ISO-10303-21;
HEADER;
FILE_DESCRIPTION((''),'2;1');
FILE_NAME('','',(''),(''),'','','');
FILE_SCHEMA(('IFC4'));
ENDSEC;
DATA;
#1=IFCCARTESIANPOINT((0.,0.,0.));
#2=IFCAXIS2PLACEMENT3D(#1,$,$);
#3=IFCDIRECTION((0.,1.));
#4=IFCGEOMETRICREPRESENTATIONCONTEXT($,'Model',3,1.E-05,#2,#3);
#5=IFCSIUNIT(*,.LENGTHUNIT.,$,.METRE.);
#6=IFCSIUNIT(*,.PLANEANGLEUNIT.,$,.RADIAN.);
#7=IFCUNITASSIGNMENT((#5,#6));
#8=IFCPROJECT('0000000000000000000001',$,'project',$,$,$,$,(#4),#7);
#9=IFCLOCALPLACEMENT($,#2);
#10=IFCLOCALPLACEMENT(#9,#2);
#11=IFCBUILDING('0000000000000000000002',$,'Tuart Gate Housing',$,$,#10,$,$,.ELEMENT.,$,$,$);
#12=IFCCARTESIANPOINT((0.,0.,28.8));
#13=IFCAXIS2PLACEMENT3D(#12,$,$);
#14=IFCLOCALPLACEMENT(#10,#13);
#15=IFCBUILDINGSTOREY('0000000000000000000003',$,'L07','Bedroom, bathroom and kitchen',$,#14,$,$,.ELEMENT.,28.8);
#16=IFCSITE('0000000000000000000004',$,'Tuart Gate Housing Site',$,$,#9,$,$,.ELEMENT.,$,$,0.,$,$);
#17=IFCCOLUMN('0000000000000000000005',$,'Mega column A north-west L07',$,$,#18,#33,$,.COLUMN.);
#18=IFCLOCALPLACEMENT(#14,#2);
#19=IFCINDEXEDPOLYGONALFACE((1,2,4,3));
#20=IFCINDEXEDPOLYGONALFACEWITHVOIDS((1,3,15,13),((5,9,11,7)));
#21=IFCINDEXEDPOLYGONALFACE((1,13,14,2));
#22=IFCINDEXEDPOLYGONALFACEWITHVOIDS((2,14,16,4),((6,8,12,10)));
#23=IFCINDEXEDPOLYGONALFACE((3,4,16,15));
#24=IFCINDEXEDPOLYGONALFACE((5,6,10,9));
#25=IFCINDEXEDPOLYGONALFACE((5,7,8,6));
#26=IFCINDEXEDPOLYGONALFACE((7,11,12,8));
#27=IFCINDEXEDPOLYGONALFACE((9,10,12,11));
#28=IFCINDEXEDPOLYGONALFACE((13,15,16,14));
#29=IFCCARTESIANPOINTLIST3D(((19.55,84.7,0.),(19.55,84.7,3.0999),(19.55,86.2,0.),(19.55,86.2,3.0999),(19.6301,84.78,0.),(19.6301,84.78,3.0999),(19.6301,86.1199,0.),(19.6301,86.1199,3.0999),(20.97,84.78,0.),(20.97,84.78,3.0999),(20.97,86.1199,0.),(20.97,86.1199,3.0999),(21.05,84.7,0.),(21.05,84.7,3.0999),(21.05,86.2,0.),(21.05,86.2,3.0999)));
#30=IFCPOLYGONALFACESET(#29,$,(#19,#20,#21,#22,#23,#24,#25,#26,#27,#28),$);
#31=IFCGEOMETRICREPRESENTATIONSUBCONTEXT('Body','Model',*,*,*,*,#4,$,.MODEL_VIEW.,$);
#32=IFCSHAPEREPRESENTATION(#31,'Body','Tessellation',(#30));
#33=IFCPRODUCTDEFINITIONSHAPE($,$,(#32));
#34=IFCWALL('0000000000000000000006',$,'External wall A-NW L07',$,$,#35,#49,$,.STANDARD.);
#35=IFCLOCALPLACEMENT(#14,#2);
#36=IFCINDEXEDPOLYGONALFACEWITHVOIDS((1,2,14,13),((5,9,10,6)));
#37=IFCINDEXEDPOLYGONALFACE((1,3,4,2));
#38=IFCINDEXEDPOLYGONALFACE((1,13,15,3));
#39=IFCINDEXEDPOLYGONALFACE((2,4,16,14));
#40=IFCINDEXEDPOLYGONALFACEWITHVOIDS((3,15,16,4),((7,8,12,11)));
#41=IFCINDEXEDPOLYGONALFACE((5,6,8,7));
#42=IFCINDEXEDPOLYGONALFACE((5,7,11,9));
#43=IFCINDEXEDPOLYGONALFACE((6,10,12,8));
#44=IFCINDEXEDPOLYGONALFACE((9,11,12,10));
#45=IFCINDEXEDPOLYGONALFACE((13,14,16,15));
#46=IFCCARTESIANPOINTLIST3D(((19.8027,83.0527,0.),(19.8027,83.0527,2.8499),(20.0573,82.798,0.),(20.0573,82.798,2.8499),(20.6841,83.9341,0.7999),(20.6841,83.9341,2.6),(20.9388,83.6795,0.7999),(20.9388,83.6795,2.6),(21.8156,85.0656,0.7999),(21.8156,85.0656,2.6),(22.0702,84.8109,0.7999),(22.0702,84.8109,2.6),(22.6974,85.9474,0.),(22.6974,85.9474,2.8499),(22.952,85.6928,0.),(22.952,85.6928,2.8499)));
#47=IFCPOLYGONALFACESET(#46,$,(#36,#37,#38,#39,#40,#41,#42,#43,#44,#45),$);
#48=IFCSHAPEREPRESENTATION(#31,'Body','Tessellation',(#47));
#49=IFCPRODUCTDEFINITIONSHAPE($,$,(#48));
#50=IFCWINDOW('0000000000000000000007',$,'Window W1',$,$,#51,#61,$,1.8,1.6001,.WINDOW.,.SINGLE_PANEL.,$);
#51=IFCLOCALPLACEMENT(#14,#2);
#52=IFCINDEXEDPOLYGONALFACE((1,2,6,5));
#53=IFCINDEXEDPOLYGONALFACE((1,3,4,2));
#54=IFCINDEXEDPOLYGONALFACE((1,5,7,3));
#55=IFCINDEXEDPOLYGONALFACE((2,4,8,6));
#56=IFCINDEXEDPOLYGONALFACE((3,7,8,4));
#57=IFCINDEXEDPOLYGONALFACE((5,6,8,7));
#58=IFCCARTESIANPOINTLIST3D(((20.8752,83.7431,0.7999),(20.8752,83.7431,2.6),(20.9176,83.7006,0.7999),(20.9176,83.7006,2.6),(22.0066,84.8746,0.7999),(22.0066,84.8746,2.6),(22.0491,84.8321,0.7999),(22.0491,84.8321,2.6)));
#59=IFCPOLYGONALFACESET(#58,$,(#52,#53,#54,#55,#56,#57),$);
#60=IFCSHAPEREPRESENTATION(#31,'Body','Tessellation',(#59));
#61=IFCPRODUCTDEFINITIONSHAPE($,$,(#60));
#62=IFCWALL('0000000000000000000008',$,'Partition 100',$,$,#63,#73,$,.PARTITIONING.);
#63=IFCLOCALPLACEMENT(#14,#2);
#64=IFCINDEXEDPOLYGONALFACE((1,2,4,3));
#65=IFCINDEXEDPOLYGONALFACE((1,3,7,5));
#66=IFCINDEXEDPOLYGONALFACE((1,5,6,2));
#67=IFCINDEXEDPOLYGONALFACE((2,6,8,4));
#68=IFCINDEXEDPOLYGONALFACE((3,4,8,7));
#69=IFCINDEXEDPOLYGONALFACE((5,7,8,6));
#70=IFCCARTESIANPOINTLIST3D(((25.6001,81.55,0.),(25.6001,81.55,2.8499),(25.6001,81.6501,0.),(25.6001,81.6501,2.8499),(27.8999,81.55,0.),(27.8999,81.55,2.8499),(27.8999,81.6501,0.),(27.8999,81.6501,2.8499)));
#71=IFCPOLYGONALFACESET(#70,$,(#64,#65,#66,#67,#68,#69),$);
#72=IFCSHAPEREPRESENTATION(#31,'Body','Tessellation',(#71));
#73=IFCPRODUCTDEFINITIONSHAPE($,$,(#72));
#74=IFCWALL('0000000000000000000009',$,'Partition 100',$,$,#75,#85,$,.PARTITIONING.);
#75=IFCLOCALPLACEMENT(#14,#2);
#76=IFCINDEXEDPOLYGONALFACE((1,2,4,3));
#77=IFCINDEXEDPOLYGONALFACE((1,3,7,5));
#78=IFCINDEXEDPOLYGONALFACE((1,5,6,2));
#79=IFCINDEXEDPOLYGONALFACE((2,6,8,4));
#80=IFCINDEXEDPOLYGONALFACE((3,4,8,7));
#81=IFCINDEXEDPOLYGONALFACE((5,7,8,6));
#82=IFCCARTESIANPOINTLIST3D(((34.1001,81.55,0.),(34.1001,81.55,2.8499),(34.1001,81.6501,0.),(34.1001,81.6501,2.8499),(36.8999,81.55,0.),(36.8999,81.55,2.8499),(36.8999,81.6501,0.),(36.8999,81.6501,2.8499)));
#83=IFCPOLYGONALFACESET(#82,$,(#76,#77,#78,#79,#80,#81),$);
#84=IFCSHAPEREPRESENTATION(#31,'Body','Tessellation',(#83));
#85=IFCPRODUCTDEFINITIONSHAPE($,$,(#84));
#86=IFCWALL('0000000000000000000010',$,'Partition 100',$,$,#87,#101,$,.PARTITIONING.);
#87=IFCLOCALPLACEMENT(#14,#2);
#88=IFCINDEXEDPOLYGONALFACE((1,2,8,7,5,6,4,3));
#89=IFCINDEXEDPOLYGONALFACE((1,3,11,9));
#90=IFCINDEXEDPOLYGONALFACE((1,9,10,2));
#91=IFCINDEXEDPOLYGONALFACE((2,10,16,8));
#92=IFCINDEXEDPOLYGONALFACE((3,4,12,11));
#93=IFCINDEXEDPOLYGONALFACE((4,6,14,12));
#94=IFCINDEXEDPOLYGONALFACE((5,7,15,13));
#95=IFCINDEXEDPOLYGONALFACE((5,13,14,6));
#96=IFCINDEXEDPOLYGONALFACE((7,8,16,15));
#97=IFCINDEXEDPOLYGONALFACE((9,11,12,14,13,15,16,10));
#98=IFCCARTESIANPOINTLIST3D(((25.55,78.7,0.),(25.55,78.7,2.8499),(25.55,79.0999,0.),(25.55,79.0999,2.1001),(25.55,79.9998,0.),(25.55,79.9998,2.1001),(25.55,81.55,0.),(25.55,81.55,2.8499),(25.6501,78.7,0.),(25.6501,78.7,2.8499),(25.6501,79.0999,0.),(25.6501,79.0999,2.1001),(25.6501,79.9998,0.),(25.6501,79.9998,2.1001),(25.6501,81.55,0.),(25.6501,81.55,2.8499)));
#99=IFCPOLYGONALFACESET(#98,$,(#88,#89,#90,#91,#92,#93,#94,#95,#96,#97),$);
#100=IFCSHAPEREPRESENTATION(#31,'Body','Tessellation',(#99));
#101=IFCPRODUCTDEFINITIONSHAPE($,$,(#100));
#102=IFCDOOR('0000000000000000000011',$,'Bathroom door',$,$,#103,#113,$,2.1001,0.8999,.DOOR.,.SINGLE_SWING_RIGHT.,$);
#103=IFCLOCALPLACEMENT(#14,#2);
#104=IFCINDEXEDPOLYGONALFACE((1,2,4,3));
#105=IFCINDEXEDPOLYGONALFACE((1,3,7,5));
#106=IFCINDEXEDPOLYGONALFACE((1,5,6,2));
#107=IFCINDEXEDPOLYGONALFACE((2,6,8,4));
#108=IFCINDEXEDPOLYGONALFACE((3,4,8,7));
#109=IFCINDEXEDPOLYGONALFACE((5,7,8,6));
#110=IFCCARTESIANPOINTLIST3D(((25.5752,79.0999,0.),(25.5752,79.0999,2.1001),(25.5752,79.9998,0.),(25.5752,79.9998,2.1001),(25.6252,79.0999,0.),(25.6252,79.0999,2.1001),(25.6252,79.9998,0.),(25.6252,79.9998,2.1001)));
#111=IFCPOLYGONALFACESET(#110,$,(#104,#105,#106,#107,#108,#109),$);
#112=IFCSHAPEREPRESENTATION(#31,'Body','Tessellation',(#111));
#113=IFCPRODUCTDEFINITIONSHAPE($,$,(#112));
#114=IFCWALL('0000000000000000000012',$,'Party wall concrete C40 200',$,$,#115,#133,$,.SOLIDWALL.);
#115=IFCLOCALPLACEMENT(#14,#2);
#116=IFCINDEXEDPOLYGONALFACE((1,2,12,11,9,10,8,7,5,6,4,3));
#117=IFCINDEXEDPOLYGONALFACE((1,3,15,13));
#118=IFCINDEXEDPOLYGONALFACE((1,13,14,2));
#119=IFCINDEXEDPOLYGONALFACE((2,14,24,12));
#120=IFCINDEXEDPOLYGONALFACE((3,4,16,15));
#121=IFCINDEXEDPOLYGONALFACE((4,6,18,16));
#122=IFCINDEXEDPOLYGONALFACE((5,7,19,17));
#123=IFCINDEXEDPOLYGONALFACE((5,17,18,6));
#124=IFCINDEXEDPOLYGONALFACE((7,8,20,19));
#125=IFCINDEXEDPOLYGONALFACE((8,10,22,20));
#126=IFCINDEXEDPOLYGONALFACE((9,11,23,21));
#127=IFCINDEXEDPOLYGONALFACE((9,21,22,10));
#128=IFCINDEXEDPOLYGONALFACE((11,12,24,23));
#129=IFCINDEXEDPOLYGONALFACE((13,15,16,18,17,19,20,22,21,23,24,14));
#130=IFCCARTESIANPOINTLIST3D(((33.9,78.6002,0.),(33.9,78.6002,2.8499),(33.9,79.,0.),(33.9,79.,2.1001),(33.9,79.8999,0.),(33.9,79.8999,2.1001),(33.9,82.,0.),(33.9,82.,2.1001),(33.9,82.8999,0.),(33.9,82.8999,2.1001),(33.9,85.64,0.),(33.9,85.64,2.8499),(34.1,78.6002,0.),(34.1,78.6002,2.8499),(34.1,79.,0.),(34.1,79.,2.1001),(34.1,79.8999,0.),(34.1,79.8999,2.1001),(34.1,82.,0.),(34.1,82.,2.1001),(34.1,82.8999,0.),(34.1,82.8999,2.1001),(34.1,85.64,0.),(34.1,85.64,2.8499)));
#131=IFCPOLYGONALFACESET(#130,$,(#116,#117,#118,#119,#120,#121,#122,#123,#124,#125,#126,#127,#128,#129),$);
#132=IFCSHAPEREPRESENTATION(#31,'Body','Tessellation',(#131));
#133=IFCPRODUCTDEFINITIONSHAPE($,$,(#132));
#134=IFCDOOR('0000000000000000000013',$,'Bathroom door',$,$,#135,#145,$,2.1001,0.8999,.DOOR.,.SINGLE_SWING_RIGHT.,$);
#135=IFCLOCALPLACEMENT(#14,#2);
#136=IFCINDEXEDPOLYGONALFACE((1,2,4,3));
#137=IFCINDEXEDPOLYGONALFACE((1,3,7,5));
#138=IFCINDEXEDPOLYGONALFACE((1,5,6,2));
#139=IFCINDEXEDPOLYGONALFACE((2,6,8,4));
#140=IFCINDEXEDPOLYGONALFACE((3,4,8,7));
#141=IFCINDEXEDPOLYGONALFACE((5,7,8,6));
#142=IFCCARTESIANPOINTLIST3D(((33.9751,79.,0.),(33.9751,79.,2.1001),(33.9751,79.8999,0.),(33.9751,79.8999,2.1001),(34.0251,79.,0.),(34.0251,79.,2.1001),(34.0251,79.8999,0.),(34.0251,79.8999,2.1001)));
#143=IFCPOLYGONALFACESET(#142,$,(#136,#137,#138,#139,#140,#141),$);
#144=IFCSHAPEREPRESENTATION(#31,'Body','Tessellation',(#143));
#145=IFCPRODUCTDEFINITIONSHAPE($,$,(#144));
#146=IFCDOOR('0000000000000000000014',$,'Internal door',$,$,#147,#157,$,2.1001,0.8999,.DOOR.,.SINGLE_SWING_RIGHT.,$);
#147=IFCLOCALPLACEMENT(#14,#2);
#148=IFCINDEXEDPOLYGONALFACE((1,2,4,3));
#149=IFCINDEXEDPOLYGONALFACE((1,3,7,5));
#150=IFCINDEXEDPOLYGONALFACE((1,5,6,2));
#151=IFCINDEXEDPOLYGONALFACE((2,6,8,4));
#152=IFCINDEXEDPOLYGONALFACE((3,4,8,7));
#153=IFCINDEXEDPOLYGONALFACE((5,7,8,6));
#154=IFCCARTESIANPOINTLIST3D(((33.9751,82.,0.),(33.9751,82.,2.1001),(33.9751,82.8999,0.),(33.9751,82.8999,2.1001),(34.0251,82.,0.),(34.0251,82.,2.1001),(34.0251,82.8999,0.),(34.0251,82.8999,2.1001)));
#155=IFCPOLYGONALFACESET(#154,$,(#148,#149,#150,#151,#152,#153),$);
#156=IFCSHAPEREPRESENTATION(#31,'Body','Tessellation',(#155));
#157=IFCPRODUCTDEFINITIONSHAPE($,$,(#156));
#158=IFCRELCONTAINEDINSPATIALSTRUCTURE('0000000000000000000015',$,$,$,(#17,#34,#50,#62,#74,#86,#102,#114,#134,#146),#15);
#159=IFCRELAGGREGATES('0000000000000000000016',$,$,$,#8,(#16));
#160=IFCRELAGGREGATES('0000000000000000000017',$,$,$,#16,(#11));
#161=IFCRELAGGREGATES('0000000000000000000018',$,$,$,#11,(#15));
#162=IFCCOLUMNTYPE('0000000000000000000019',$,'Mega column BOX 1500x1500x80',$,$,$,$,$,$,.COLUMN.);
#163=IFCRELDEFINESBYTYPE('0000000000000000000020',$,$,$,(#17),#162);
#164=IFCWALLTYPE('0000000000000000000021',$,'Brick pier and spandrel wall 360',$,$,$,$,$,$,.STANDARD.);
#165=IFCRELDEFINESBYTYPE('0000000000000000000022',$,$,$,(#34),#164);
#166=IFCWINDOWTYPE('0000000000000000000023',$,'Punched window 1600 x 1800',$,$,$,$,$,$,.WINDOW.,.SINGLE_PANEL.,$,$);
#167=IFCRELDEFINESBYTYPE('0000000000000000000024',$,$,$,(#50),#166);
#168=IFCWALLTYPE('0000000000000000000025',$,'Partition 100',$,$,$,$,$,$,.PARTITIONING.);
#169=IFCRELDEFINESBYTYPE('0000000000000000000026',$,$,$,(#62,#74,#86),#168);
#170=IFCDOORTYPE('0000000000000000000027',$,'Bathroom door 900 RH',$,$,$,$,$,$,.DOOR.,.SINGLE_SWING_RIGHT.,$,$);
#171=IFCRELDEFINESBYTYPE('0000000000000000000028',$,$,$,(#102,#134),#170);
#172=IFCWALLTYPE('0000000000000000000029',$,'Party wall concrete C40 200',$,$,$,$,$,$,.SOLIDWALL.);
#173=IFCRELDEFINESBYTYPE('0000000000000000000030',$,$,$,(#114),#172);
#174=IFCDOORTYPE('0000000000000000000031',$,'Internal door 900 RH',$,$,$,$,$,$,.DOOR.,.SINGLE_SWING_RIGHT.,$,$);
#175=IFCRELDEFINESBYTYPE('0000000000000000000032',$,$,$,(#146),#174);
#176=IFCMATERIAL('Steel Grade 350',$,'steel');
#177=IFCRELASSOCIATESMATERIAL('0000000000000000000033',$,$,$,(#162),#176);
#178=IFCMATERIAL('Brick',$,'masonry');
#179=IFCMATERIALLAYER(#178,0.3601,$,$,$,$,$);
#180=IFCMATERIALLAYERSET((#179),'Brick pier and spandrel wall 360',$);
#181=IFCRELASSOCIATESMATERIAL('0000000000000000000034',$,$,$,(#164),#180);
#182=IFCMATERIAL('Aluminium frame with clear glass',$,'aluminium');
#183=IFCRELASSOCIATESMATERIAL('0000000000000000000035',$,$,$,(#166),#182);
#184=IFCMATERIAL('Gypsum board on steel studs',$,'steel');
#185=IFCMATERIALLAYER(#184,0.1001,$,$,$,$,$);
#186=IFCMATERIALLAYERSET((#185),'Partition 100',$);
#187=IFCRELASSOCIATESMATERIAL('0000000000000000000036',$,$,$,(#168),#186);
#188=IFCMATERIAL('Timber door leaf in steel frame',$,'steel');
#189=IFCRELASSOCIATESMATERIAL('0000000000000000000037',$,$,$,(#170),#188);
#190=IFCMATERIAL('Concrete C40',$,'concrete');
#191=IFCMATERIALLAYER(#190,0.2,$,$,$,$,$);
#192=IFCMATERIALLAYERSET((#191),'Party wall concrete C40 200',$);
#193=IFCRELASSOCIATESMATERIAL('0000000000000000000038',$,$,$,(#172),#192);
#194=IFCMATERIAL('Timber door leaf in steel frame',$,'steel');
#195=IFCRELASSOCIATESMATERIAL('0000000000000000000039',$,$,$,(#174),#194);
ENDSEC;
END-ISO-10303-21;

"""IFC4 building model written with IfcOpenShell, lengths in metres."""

from ifc_helpers import new_model, si_unit, direction, frame, frame_2d, origin, origin_2d, place, context, subcontext, project, spatial, rectangle, hollow_rectangle, extrude, material, layer, layer_set, material_profile, profile_set, type_object, element, fill, save


model = new_model("IFC4")

# Units and contexts
model_context = context("Model", 3, precision=1e-05, world=origin(), true_north=direction((0.0, 1.0)))
body_context = subcontext(model_context, "Body", "Model", "MODEL_VIEW")
ifc_project = project(units=[si_unit("LENGTHUNIT", "METRE"), si_unit("PLANEANGLEUNIT", "RADIAN")], contexts=[model_context])

# Site, building, storey
site_placement = place(None, origin())
site = spatial("IfcSite", under=ifc_project, at=site_placement, Name="Tuart Gate Housing Site", CompositionType="ELEMENT", RefElevation=0.0)
building_placement = place(site_placement, origin())
building = spatial("IfcBuilding", under=site, at=building_placement, Name="Tuart Gate Housing", CompositionType="ELEMENT")
storey_placement = place(building_placement, frame((0.0, 0.0, 28.8)))
storey = spatial("IfcBuildingStorey", under=building, at=storey_placement, Name="L07", Description="Bedroom, bathroom and kitchen", CompositionType="ELEMENT", Elevation=28.8)

# Column
ifc_material_1 = material(Name="Steel Grade 350", Category="steel")
ifc_material_profile = material_profile(ifc_material_1, hollow_rectangle(XDim=1.5, YDim=1.5, WallThickness=0.0801, at=origin_2d()), Name="BOX 1500x1500x80")
ifc_profile_set = profile_set([ifc_material_profile], Name="Steel Grade 350")
column_type = type_object("IfcColumnType", Name="Mega column BOX 1500x1500x80", PredefinedType="COLUMN", material=ifc_profile_set)
column_placement = place(storey_placement, frame((20.3, 85.45, 0.0), z_axis=(0.0, 0.0, 1.0), x_axis=(1.0, 0.0, 0.0)))
element("IfcColumn", 1, at=column_placement, inside=storey, type_object=column_type, Name="Mega column A north-west L07", PredefinedType="COLUMN", context=body_context, shape_type="SweptSolid", body=[
    extrude(hollow_rectangle(XDim=1.5, YDim=1.5, WallThickness=0.0801, at=origin_2d()), origin(), (0.0, 0.0, 1.0), 3.0999),
])

# Wall, opening, window
ifc_material_2 = material(Name="Brick", Category="masonry")
ifc_layer_1 = layer(ifc_material_2, 0.3601)
ifc_layer_set_1 = layer_set([ifc_layer_1], Name="Brick pier and spandrel wall 360")
wall_type_1 = type_object("IfcWallType", Name="Brick pier and spandrel wall 360", PredefinedType="STANDARD", material=ifc_layer_set_1)
wall_1_placement = place(storey_placement, frame((22.8247, 85.8201, 0.0), z_axis=(0.0, 0.0, 1.0), x_axis=(-0.707107, -0.707107, 0.0)))
wall_1 = element("IfcWall", 2, at=wall_1_placement, inside=storey, type_object=wall_type_1, Name="External wall A-NW L07", PredefinedType="STANDARD", context=body_context, shape_type="SweptSolid", body=[
    extrude(rectangle(XDim=4.0938, YDim=0.3601, at=frame_2d((2.0469, 0.0))), origin(), (0.0, 0.0, 1.0), 2.8499),
])
opening_1_placement = place(wall_1_placement, frame((1.2471, 0.0, 0.8)))
opening_1 = element("IfcOpeningElement", 3, at=opening_1_placement, cuts=wall_1, PredefinedType="OPENING", context=body_context, shape_type="SweptSolid", body=[
    extrude(rectangle(XDim=1.6001, YDim=1.8, at=frame_2d((0.8, 0.8999))), frame((0.0, 0.1899, 0.0), z_axis=(0.0, -1.0, 0.0), x_axis=(1.0, 0.0, 0.0)), (0.0, 0.0, 1.0), 0.3801),
])
ifc_material_3 = material(Name="Aluminium frame with clear glass", Category="aluminium")
window_type_1 = type_object("IfcWindowType", Name="Punched window 1600 x 1800", PartitioningType="SINGLE_PANEL", PredefinedType="WINDOW", material=ifc_material_3)
window_1_placement = place(opening_1_placement, origin())
window_1 = element("IfcWindow", 4, at=window_1_placement, inside=storey, type_object=window_type_1, Name="Window W1", OverallHeight=1.8, OverallWidth=1.6001, PartitioningType="SINGLE_PANEL", PredefinedType="WINDOW", context=body_context, shape_type="SweptSolid", body=[
    extrude(rectangle(XDim=1.6001, YDim=1.8, at=frame_2d((0.8, 0.8999))), frame((0.0, 0.1501, 0.0), z_axis=(0.0, -1.0, 0.0), x_axis=(1.0, 0.0, 0.0)), (0.0, 0.0, 1.0), 0.0601),
])
fill(opening_1, window_1)

# Walls
ifc_material_4 = material(Name="Gypsum board on steel studs", Category="steel")
ifc_layer_2 = layer(ifc_material_4, 0.1001)
ifc_layer_set_2 = layer_set([ifc_layer_2], Name="Partition 100")
wall_type_2 = type_object("IfcWallType", Name="Partition 100", PredefinedType="PARTITIONING", material=ifc_layer_set_2)
wall_2_placement = place(storey_placement, frame((25.6001, 81.6001, 0.0), z_axis=(0.0, 0.0, 1.0), x_axis=(1.0, 0.0, 0.0)))
element("IfcWall", 5, at=wall_2_placement, inside=storey, type_object=wall_type_2, Name="Partition 100", PredefinedType="PARTITIONING", context=body_context, shape_type="SweptSolid", body=[
    extrude(rectangle(XDim=2.2998, YDim=0.1001, at=frame_2d((1.1499, 0.0))), origin(), (0.0, 0.0, 1.0), 2.8499),
])
wall_3_placement = place(storey_placement, frame((34.1001, 81.6001, 0.0), z_axis=(0.0, 0.0, 1.0), x_axis=(1.0, 0.0, 0.0)))
element("IfcWall", 6, at=wall_3_placement, inside=storey, type_object=wall_type_2, Name="Partition 100", PredefinedType="PARTITIONING", context=body_context, shape_type="SweptSolid", body=[
    extrude(rectangle(XDim=2.7998, YDim=0.1001, at=frame_2d((1.3999, 0.0))), origin(), (0.0, 0.0, 1.0), 2.8499),
])

# Wall, opening, door
wall_4_placement = place(storey_placement, frame((25.6001, 78.7, 0.0), z_axis=(0.0, 0.0, 1.0), x_axis=(0.0, 1.0, 0.0)))
wall_4 = element("IfcWall", 7, at=wall_4_placement, inside=storey, type_object=wall_type_2, Name="Partition 100", PredefinedType="PARTITIONING", context=body_context, shape_type="SweptSolid", body=[
    extrude(rectangle(XDim=2.8501, YDim=0.1001, at=frame_2d((1.425, 0.0))), origin(), (0.0, 0.0, 1.0), 2.8499),
])
opening_2_placement = place(wall_4_placement, frame((0.3999, 0.0, 0.0)))
opening_2 = element("IfcOpeningElement", 8, at=opening_2_placement, cuts=wall_4, PredefinedType="OPENING", context=body_context, shape_type="SweptSolid", body=[
    extrude(rectangle(XDim=0.8999, YDim=2.1001, at=frame_2d((0.45, 1.05))), frame((0.0, 0.0601, 0.0), z_axis=(0.0, -1.0, 0.0), x_axis=(1.0, 0.0, 0.0)), (0.0, 0.0, 1.0), 0.1201),
])
ifc_material_5 = material(Name="Timber door leaf in steel frame", Category="steel")
door_type_1 = type_object("IfcDoorType", Name="Bathroom door 900 RH", OperationType="SINGLE_SWING_RIGHT", PredefinedType="DOOR", material=ifc_material_5)
door_1_placement = place(opening_2_placement, frame((0.8999, 0.0, 0.0), z_axis=(0.0, 0.0, 1.0), x_axis=(-1.0, 0.0, 0.0)))
door_1 = element("IfcDoor", 9, at=door_1_placement, inside=storey, type_object=door_type_1, Name="Bathroom door", OperationType="SINGLE_SWING_RIGHT", OverallHeight=2.1001, OverallWidth=0.8999, PredefinedType="DOOR", context=body_context, shape_type="SweptSolid", body=[
    extrude(rectangle(XDim=0.8999, YDim=2.1001, at=frame_2d((0.45, 1.05))), frame((0.0, 0.0251, 0.0), z_axis=(0.0, -1.0, 0.0), x_axis=(1.0, 0.0, 0.0)), (0.0, 0.0, 1.0), 0.05),
])
fill(opening_2, door_1)

# Wall, openings, doors
ifc_material_6 = material(Name="Concrete C40", Category="concrete")
ifc_layer_3 = layer(ifc_material_6, 0.2)
ifc_layer_set_3 = layer_set([ifc_layer_3], Name="Party wall concrete C40 200")
wall_type_3 = type_object("IfcWallType", Name="Party wall concrete C40 200", PredefinedType="SOLIDWALL", material=ifc_layer_set_3)
wall_5_placement = place(storey_placement, frame((34.0, 78.6001, 0.0), z_axis=(0.0, 0.0, 1.0), x_axis=(0.0, 1.0, 0.0)))
wall_5 = element("IfcWall", 10, at=wall_5_placement, inside=storey, type_object=wall_type_3, Name="Party wall concrete C40 200", PredefinedType="SOLIDWALL", context=body_context, shape_type="SweptSolid", body=[
    extrude(rectangle(XDim=7.0398, YDim=0.2, at=frame_2d((3.52, 0.0))), origin(), (0.0, 0.0, 1.0), 2.8499),
])
opening_3_placement = place(wall_5_placement, frame((3.3999, 0.0, 0.0)))
opening_3 = element("IfcOpeningElement", 11, at=opening_3_placement, cuts=wall_5, PredefinedType="OPENING", context=body_context, shape_type="SweptSolid", body=[
    extrude(rectangle(XDim=0.8999, YDim=2.1001, at=frame_2d((0.45, 1.05))), frame((0.0, 0.1099, 0.0), z_axis=(0.0, -1.0, 0.0), x_axis=(1.0, 0.0, 0.0)), (0.0, 0.0, 1.0), 0.22),
])
opening_4_placement = place(wall_5_placement, frame((0.3999, 0.0, 0.0)))
opening_4 = element("IfcOpeningElement", 12, at=opening_4_placement, cuts=wall_5, PredefinedType="OPENING", context=body_context, shape_type="SweptSolid", body=[
    extrude(rectangle(XDim=0.8999, YDim=2.1001, at=frame_2d((0.45, 1.05))), frame((0.0, 0.1099, 0.0), z_axis=(0.0, -1.0, 0.0), x_axis=(1.0, 0.0, 0.0)), (0.0, 0.0, 1.0), 0.22),
])
door_2_placement = place(opening_4_placement, frame((0.8999, 0.0, 0.0), z_axis=(0.0, 0.0, 1.0), x_axis=(-1.0, 0.0, 0.0)))
door_2 = element("IfcDoor", 13, at=door_2_placement, inside=storey, type_object=door_type_1, Name="Bathroom door", OperationType="SINGLE_SWING_RIGHT", OverallHeight=2.1001, OverallWidth=0.8999, PredefinedType="DOOR", context=body_context, shape_type="SweptSolid", body=[
    extrude(rectangle(XDim=0.8999, YDim=2.1001, at=frame_2d((0.45, 1.05))), frame((0.0, 0.0251, 0.0), z_axis=(0.0, -1.0, 0.0), x_axis=(1.0, 0.0, 0.0)), (0.0, 0.0, 1.0), 0.05),
])
fill(opening_4, door_2)
ifc_material_7 = material(Name="Timber door leaf in steel frame", Category="steel")
door_type_2 = type_object("IfcDoorType", Name="Internal door 900 RH", OperationType="SINGLE_SWING_RIGHT", PredefinedType="DOOR", material=ifc_material_7)
door_3_placement = place(opening_3_placement, frame((0.8999, 0.0, 0.0), z_axis=(0.0, 0.0, 1.0), x_axis=(-1.0, 0.0, 0.0)))
door_3 = element("IfcDoor", 14, at=door_3_placement, inside=storey, type_object=door_type_2, Name="Internal door", OperationType="SINGLE_SWING_RIGHT", OverallHeight=2.1001, OverallWidth=0.8999, PredefinedType="DOOR", context=body_context, shape_type="SweptSolid", body=[
    extrude(rectangle(XDim=0.8999, YDim=2.1001, at=frame_2d((0.45, 1.05))), frame((0.0, 0.0251, 0.0), z_axis=(0.0, -1.0, 0.0), x_axis=(1.0, 0.0, 0.0)), (0.0, 0.0, 1.0), 0.05),
])
fill(opening_3, door_3)

save(model, "model.ifc")
